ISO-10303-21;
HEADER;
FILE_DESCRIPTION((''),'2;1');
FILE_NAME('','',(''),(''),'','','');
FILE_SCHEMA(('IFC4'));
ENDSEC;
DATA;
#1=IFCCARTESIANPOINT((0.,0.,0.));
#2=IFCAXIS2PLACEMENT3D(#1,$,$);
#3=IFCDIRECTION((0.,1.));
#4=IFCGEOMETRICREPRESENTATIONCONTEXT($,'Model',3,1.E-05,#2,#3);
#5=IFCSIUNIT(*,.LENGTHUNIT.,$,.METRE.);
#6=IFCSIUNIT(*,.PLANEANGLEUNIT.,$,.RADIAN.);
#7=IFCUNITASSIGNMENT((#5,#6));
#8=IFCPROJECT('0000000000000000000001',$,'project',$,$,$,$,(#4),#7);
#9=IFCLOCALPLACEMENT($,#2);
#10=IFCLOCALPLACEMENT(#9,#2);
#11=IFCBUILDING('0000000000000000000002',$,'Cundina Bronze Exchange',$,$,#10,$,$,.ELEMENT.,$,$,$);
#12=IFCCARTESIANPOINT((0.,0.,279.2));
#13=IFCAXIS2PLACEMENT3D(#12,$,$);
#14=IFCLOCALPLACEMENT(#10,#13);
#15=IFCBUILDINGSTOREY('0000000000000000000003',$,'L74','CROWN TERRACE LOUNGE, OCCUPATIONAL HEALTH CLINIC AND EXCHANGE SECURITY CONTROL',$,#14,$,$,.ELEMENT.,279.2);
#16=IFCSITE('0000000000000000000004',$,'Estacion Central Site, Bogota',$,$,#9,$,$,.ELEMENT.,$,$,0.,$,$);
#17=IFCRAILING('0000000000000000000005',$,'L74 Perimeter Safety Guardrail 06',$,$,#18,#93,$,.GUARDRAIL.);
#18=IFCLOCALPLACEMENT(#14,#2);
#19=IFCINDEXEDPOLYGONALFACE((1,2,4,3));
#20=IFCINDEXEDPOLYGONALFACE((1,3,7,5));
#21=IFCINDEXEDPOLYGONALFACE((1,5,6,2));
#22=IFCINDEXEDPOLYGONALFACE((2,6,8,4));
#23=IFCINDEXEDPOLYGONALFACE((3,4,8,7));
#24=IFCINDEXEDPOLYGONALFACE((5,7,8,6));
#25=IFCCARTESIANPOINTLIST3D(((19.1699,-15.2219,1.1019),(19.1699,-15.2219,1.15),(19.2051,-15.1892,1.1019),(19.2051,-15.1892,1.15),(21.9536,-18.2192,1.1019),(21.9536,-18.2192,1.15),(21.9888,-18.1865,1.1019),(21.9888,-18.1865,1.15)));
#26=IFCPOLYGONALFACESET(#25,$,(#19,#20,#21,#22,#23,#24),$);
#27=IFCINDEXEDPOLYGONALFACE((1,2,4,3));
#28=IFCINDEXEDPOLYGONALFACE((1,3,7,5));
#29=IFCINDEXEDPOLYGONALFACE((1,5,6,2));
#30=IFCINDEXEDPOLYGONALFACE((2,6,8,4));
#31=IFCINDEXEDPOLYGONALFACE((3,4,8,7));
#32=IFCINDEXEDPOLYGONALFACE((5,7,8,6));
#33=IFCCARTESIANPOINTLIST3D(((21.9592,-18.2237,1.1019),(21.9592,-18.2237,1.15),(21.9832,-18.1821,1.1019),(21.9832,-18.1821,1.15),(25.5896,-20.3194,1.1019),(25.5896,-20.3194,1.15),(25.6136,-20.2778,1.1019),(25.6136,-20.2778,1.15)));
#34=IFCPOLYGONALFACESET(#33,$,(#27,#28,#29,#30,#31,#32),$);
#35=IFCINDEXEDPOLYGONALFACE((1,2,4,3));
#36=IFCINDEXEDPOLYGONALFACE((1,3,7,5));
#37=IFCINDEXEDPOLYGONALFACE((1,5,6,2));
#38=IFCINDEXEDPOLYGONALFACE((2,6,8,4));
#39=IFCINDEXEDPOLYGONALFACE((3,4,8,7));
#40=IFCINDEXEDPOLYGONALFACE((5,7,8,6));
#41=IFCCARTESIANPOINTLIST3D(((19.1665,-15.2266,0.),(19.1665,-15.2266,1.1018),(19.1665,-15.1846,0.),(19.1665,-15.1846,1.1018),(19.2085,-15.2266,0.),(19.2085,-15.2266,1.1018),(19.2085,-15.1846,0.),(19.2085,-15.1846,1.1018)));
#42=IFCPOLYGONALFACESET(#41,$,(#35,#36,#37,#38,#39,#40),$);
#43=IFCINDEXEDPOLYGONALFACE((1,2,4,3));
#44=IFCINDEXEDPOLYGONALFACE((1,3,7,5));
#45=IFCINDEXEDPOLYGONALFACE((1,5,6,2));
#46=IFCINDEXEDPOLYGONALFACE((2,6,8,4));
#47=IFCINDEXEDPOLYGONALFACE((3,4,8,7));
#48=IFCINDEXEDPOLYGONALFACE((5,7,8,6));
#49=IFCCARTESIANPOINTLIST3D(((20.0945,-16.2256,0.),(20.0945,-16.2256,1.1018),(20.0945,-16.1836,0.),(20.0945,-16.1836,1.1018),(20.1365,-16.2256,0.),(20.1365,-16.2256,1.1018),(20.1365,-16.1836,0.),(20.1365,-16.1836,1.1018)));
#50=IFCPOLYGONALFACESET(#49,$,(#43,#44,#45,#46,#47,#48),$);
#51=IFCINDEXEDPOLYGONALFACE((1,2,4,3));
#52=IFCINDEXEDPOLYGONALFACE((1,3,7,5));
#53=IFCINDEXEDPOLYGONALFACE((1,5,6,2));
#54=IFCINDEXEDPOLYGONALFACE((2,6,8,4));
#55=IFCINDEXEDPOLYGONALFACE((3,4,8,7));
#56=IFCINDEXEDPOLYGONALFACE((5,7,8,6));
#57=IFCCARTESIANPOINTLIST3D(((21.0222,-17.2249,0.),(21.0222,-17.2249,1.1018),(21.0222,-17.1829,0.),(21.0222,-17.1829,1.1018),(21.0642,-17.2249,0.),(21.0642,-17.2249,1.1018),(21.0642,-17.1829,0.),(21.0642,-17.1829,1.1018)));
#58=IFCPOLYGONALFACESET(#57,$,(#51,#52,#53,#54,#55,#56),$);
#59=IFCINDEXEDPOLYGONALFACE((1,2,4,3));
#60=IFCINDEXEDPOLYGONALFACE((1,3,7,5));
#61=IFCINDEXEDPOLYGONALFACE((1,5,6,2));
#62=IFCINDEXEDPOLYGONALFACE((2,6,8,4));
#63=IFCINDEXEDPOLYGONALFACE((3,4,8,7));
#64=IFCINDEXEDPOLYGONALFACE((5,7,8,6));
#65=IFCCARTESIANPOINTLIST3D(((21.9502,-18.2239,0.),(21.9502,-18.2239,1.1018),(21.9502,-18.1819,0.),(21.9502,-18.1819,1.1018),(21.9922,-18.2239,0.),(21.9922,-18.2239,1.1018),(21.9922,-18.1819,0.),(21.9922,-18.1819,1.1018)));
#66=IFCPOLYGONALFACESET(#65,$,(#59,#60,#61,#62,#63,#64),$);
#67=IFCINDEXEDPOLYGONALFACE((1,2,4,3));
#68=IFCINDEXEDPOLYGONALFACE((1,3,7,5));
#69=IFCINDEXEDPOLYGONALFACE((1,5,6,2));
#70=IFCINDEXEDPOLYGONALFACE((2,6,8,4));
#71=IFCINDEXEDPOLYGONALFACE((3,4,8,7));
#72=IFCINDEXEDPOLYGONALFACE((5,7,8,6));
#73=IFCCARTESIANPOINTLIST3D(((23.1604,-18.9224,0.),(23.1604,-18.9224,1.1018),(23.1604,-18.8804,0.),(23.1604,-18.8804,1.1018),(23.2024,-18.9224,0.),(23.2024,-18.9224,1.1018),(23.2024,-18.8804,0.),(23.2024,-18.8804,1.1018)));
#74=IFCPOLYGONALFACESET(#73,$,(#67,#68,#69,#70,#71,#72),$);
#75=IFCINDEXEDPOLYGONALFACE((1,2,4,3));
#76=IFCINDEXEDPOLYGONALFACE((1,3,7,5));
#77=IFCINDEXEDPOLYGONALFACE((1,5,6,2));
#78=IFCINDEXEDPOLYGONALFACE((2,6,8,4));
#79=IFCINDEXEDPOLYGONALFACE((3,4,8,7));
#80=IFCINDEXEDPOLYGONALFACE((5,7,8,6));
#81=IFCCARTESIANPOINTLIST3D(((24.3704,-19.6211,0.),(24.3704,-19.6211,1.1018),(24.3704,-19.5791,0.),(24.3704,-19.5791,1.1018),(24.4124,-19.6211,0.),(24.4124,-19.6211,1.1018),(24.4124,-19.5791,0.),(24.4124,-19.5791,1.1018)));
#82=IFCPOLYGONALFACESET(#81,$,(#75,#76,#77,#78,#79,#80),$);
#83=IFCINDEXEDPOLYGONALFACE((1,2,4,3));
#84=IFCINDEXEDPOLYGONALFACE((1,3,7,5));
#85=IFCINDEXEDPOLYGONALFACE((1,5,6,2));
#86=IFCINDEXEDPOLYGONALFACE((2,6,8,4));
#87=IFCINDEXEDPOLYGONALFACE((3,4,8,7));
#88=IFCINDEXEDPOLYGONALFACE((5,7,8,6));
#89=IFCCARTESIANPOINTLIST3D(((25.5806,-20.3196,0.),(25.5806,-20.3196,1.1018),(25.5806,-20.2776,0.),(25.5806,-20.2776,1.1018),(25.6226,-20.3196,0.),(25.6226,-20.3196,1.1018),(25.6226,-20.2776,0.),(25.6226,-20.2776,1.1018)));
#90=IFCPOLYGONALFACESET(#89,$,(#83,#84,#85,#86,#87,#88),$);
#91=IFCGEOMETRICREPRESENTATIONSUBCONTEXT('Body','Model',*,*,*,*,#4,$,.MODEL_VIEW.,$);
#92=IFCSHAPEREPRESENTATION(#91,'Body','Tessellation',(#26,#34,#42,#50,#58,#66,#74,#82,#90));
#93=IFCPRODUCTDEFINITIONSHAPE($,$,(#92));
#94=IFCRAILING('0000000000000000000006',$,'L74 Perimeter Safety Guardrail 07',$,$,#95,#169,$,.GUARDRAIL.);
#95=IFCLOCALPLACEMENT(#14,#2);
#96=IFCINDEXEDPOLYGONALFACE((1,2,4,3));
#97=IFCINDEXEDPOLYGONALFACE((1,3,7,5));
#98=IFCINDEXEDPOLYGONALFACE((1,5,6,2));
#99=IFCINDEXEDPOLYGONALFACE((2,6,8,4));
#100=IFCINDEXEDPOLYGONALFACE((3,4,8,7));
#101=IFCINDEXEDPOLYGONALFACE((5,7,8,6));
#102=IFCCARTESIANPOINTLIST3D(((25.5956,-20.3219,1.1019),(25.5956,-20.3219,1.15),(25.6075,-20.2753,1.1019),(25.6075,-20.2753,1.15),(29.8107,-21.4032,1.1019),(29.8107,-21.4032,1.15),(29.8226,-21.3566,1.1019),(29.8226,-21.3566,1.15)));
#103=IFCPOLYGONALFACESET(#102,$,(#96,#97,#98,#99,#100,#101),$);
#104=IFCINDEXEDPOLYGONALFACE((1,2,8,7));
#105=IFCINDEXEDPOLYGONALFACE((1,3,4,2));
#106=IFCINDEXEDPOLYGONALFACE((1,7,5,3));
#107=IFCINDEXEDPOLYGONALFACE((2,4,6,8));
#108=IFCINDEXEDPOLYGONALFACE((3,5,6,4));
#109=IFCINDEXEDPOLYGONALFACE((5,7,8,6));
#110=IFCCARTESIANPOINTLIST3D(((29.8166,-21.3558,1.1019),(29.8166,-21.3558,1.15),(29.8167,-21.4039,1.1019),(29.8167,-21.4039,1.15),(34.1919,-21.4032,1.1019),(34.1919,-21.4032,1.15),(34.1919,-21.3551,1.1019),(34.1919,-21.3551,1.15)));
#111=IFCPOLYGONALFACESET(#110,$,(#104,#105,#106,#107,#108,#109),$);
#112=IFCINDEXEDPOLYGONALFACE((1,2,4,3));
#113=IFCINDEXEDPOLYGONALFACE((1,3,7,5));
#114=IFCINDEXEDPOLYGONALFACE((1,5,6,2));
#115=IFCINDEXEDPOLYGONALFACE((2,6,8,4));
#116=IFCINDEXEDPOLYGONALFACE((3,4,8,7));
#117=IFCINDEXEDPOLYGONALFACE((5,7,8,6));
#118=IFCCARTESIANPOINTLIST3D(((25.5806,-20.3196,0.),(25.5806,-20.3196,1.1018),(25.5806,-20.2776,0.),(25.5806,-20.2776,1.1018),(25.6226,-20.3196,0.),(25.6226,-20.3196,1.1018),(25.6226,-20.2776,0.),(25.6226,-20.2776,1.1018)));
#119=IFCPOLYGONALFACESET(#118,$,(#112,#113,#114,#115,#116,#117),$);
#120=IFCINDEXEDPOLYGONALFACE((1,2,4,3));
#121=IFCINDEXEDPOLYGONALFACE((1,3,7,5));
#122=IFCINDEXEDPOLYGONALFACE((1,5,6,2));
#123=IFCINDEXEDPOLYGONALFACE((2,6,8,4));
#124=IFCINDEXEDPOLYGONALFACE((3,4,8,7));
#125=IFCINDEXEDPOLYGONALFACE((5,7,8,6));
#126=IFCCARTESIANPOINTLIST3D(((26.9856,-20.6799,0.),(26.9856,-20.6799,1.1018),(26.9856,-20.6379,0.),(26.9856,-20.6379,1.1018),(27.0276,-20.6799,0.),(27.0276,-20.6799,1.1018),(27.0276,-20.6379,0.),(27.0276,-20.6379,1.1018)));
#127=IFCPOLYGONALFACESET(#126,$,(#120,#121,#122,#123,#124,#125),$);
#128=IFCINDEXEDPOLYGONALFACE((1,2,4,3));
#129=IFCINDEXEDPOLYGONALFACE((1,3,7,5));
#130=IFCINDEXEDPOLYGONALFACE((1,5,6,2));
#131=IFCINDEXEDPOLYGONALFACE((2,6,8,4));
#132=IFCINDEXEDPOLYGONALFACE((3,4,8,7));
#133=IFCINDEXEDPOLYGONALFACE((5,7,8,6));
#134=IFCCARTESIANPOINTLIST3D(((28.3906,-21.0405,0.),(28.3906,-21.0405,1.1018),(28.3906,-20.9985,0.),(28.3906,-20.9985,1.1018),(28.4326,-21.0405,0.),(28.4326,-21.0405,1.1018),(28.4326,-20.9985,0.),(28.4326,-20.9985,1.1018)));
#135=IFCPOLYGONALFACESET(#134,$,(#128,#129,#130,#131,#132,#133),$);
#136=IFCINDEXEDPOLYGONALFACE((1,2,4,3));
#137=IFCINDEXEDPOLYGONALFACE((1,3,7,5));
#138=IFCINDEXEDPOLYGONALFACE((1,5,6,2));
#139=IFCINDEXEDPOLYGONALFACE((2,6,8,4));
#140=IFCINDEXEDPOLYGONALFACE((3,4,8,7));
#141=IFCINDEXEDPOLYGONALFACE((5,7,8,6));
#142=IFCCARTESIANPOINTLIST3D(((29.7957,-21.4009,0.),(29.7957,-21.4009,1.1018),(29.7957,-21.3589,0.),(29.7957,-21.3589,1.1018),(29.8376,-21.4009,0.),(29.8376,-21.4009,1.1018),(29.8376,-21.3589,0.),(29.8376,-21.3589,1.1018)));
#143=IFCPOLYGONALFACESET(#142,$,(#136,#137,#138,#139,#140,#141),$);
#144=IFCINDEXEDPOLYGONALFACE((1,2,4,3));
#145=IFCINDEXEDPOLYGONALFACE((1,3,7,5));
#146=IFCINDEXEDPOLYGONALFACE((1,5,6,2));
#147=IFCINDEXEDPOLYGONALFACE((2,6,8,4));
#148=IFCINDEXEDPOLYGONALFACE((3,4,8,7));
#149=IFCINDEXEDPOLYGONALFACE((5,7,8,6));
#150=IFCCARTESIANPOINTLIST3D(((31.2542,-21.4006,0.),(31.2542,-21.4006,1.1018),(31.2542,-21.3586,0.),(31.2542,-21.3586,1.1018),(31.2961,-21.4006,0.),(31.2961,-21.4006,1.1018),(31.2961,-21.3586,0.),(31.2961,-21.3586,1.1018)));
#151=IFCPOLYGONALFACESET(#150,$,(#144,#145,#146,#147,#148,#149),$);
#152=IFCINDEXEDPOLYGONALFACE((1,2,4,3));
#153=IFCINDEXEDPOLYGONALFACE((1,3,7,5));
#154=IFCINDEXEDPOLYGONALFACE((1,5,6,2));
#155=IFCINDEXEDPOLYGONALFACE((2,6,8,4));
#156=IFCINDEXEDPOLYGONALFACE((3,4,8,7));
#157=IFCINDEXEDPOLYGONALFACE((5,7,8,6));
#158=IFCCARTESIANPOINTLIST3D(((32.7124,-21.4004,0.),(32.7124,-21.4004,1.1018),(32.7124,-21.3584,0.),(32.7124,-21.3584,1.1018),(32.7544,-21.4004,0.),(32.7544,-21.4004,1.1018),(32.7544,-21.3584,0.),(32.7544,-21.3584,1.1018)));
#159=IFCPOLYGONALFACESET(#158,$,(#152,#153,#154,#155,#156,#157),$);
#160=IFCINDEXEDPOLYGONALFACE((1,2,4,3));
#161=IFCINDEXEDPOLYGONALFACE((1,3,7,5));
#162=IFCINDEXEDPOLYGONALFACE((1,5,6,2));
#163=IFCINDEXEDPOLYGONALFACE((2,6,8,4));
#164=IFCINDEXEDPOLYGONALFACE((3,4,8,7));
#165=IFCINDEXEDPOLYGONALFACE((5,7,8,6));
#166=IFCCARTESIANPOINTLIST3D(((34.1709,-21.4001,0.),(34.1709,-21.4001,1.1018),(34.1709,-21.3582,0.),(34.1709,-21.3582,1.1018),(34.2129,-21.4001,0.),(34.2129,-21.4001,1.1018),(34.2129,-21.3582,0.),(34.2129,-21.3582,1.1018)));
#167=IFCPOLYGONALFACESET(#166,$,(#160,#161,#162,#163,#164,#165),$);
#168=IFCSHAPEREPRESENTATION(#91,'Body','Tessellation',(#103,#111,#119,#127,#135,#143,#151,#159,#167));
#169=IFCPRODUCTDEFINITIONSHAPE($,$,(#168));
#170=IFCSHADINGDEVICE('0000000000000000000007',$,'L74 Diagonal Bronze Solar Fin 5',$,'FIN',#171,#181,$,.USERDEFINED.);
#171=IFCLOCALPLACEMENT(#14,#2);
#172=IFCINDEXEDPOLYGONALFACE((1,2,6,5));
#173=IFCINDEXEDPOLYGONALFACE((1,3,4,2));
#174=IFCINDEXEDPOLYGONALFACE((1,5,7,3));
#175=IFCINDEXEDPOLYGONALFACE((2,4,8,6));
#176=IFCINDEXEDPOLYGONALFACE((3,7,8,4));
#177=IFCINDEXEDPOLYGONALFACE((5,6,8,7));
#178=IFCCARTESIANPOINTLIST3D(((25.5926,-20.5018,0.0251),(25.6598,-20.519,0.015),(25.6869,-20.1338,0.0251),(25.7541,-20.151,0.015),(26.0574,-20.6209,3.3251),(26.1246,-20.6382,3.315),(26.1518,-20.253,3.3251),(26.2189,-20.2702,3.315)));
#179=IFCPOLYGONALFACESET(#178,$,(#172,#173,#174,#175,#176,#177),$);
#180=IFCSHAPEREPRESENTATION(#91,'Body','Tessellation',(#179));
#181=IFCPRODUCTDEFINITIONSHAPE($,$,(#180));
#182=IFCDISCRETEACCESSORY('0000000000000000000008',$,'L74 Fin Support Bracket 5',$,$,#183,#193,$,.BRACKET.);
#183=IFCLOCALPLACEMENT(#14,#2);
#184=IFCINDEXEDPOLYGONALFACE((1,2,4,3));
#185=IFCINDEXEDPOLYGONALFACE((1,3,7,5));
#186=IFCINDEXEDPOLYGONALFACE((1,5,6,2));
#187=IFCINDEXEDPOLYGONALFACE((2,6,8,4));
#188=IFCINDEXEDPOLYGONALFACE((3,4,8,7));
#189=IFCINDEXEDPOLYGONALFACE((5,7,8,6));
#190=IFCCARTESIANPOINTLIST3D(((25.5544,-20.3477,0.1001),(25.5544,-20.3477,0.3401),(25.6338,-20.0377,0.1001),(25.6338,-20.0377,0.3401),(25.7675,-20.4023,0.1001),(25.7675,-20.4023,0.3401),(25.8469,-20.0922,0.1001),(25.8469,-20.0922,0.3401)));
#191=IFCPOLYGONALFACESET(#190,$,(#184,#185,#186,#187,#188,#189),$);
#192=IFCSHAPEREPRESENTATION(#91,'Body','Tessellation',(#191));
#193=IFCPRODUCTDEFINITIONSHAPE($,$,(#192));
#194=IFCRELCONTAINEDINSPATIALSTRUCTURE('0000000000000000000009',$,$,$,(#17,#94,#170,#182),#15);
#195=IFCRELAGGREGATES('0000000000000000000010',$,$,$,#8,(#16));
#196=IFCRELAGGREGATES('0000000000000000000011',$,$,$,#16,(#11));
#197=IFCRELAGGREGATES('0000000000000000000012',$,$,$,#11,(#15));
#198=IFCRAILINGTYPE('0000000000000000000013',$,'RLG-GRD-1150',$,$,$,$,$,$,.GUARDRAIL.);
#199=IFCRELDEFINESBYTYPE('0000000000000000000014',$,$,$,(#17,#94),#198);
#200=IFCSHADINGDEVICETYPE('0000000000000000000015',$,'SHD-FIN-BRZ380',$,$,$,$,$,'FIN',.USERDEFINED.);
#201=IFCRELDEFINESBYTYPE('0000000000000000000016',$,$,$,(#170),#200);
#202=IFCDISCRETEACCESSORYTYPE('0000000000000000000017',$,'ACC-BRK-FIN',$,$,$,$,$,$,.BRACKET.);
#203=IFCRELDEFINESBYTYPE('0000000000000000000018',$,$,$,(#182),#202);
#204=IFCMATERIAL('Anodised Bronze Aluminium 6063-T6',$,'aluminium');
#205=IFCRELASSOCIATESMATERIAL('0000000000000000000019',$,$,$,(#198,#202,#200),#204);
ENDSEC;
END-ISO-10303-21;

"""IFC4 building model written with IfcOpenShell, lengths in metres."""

from ifc_helpers import new_model, si_unit, direction, frame, origin, origin_2d, place, context, subcontext, project, spatial, rectangle, extrude, material, material_profile, profile_set, type_object, element, save


model = new_model("IFC4")

# Units and contexts
model_context = context("Model", 3, precision=1e-05, world=origin(), true_north=direction((0.0, 1.0)))
body_context = subcontext(model_context, "Body", "Model", "MODEL_VIEW")
ifc_project = project(units=[si_unit("LENGTHUNIT", "METRE"), si_unit("PLANEANGLEUNIT", "RADIAN")], contexts=[model_context])

# Site, building, storey
site_placement = place(None, origin())
site = spatial("IfcSite", under=ifc_project, at=site_placement, Name="Estacion Central Site, Bogota", CompositionType="ELEMENT", RefElevation=0.0)
building_placement = place(site_placement, origin())
building = spatial("IfcBuilding", under=site, at=building_placement, Name="Cundina Bronze Exchange", CompositionType="ELEMENT")
storey_placement = place(building_placement, frame((0.0, 0.0, 279.2)))
storey = spatial("IfcBuildingStorey", under=building, at=storey_placement, Name="L74", Description="CROWN TERRACE LOUNGE, OCCUPATIONAL HEALTH CLINIC AND EXCHANGE SECURITY CONTROL", CompositionType="ELEMENT", Elevation=279.2)

# Shared definitions
ifc_material_1 = material(Name="Anodised Bronze Aluminium 6063-T6", Category="aluminium")

# Railings
railing_type = type_object("IfcRailingType", Name="RLG-GRD-1150", PredefinedType="GUARDRAIL", material=ifc_material_1)
railing_1_placement = place(storey_placement, frame((19.1875, -15.2056, 0.0)))
element("IfcRailing", 1, at=railing_1_placement, inside=storey, type_object=railing_type, Name="L74 Perimeter Safety Guardrail 06", PredefinedType="GUARDRAIL", context=body_context, shape_type="SweptSolid", body=[
    extrude(rectangle(XDim=0.0481, YDim=0.0481, at=origin_2d()), frame((0.0, 0.0, 1.126), z_axis=(0.680513, -0.732736, 0.0), x_axis=(0.732736, 0.680513, 0.0)), (0.0, 0.0, 1.0), 4.0906),
    extrude(rectangle(XDim=0.0481, YDim=0.0481, at=origin_2d()), frame((2.7837, -2.9973, 1.126), z_axis=(0.866056, -0.499948, 0.0), x_axis=(0.499948, 0.866056, 0.0)), (0.0, 0.0, 1.0), 4.1919),
    extrude(rectangle(XDim=0.042, YDim=0.042, at=origin_2d()), origin(), (0.0, 0.0, 1.0), 1.1018),
    extrude(rectangle(XDim=0.042, YDim=0.042, at=origin_2d()), frame((0.928, -0.999, 0.0)), (0.0, 0.0, 1.0), 1.1018),
    extrude(rectangle(XDim=0.042, YDim=0.042, at=origin_2d()), frame((1.8557, -1.9983, 0.0)), (0.0, 0.0, 1.0), 1.1018),
    extrude(rectangle(XDim=0.042, YDim=0.042, at=origin_2d()), frame((2.7837, -2.9973, 0.0)), (0.0, 0.0, 1.0), 1.1018),
    extrude(rectangle(XDim=0.042, YDim=0.042, at=origin_2d()), frame((3.9939, -3.6958, 0.0)), (0.0, 0.0, 1.0), 1.1018),
    extrude(rectangle(XDim=0.042, YDim=0.042, at=origin_2d()), frame((5.2039, -4.3945, 0.0)), (0.0, 0.0, 1.0), 1.1018),
    extrude(rectangle(XDim=0.042, YDim=0.042, at=origin_2d()), frame((6.4141, -5.093, 0.0)), (0.0, 0.0, 1.0), 1.1018),
])
railing_2_placement = place(storey_placement, frame((25.6016, -20.2986, 0.0)))
element("IfcRailing", 2, at=railing_2_placement, inside=storey, type_object=railing_type, Name="L74 Perimeter Safety Guardrail 07", PredefinedType="GUARDRAIL", context=body_context, shape_type="SweptSolid", body=[
    extrude(rectangle(XDim=0.0481, YDim=0.0481, at=origin_2d()), frame((0.0, 0.0, 1.126), z_axis=(0.968636, -0.248485, 0.0), x_axis=(0.248485, 0.968636, 0.0)), (0.0, 0.0, 1.0), 4.3516),
    extrude(rectangle(XDim=0.0481, YDim=0.0481, at=origin_2d()), frame((4.2151, -1.0813, 1.126), z_axis=(1.0, 0.000167, 0.0), x_axis=(-0.000167, 1.0, 0.0)), (0.0, 0.0, 1.0), 4.3752),
    extrude(rectangle(XDim=0.042, YDim=0.042, at=origin_2d()), origin(), (0.0, 0.0, 1.0), 1.1018),
    extrude(rectangle(XDim=0.042, YDim=0.042, at=origin_2d()), frame((1.405, -0.3604, 0.0)), (0.0, 0.0, 1.0), 1.1018),
    extrude(rectangle(XDim=0.042, YDim=0.042, at=origin_2d()), frame((2.8101, -0.7209, 0.0)), (0.0, 0.0, 1.0), 1.1018),
    extrude(rectangle(XDim=0.042, YDim=0.042, at=origin_2d()), frame((4.2151, -1.0813, 0.0)), (0.0, 0.0, 1.0), 1.1018),
    extrude(rectangle(XDim=0.042, YDim=0.042, at=origin_2d()), frame((5.6736, -1.0811, 0.0)), (0.0, 0.0, 1.0), 1.1018),
    extrude(rectangle(XDim=0.042, YDim=0.042, at=origin_2d()), frame((7.1318, -1.0808, 0.0)), (0.0, 0.0, 1.0), 1.1018),
    extrude(rectangle(XDim=0.042, YDim=0.042, at=origin_2d()), frame((8.5903, -1.0806, 0.0)), (0.0, 0.0, 1.0), 1.1018),
])

# Shading device
ifc_material_profile_1 = material_profile(ifc_material_1, rectangle(XDim=0.0701, YDim=0.3799, at=origin_2d()), Name="FIN70X380", Category="aluminium")
ifc_profile_set_1 = profile_set([ifc_material_profile_1], Name="Anodised Bronze Aluminium 6063-T6")
shading_device_type = type_object("IfcShadingDeviceType", Name="SHD-FIN-BRZ380", ElementType="FIN", PredefinedType="USERDEFINED", material=ifc_profile_set_1)
shading_device_placement = place(storey_placement, frame((25.6733, -20.3264, 0.02), z_axis=(0.139394, -0.035727, 0.989592), x_axis=(-0.958607, 0.245693, 0.143899)))
element("IfcShadingDevice", 3, at=shading_device_placement, inside=storey, type_object=shading_device_type, Name="L74 Diagonal Bronze Solar Fin 5", ObjectType="FIN", PredefinedType="USERDEFINED", context=body_context, shape_type="SweptSolid", body=[
    extrude(rectangle(XDim=0.0701, YDim=0.3799, at=origin_2d()), origin(), (0.0, 0.0, 1.0), 3.3347),
])

# Discrete accessory
discrete_accessory_type = type_object("IfcDiscreteAccessoryType", Name="ACC-BRK-FIN", PredefinedType="BRACKET", material=ifc_material_1)
discrete_accessory_placement = place(storey_placement, frame((25.7007, -20.22, 0.1001), z_axis=(0.0, 0.0, 1.0), x_axis=(0.968744, -0.248064, 0.0)))
element("IfcDiscreteAccessory", 4, at=discrete_accessory_placement, inside=storey, type_object=discrete_accessory_type, Name="L74 Fin Support Bracket 5", PredefinedType="BRACKET", context=body_context, shape_type="SweptSolid", body=[
    extrude(rectangle(XDim=0.22, YDim=0.3201, at=origin_2d()), origin(), (0.0, 0.0, 1.0), 0.24),
])

save(model, "model.ifc")
